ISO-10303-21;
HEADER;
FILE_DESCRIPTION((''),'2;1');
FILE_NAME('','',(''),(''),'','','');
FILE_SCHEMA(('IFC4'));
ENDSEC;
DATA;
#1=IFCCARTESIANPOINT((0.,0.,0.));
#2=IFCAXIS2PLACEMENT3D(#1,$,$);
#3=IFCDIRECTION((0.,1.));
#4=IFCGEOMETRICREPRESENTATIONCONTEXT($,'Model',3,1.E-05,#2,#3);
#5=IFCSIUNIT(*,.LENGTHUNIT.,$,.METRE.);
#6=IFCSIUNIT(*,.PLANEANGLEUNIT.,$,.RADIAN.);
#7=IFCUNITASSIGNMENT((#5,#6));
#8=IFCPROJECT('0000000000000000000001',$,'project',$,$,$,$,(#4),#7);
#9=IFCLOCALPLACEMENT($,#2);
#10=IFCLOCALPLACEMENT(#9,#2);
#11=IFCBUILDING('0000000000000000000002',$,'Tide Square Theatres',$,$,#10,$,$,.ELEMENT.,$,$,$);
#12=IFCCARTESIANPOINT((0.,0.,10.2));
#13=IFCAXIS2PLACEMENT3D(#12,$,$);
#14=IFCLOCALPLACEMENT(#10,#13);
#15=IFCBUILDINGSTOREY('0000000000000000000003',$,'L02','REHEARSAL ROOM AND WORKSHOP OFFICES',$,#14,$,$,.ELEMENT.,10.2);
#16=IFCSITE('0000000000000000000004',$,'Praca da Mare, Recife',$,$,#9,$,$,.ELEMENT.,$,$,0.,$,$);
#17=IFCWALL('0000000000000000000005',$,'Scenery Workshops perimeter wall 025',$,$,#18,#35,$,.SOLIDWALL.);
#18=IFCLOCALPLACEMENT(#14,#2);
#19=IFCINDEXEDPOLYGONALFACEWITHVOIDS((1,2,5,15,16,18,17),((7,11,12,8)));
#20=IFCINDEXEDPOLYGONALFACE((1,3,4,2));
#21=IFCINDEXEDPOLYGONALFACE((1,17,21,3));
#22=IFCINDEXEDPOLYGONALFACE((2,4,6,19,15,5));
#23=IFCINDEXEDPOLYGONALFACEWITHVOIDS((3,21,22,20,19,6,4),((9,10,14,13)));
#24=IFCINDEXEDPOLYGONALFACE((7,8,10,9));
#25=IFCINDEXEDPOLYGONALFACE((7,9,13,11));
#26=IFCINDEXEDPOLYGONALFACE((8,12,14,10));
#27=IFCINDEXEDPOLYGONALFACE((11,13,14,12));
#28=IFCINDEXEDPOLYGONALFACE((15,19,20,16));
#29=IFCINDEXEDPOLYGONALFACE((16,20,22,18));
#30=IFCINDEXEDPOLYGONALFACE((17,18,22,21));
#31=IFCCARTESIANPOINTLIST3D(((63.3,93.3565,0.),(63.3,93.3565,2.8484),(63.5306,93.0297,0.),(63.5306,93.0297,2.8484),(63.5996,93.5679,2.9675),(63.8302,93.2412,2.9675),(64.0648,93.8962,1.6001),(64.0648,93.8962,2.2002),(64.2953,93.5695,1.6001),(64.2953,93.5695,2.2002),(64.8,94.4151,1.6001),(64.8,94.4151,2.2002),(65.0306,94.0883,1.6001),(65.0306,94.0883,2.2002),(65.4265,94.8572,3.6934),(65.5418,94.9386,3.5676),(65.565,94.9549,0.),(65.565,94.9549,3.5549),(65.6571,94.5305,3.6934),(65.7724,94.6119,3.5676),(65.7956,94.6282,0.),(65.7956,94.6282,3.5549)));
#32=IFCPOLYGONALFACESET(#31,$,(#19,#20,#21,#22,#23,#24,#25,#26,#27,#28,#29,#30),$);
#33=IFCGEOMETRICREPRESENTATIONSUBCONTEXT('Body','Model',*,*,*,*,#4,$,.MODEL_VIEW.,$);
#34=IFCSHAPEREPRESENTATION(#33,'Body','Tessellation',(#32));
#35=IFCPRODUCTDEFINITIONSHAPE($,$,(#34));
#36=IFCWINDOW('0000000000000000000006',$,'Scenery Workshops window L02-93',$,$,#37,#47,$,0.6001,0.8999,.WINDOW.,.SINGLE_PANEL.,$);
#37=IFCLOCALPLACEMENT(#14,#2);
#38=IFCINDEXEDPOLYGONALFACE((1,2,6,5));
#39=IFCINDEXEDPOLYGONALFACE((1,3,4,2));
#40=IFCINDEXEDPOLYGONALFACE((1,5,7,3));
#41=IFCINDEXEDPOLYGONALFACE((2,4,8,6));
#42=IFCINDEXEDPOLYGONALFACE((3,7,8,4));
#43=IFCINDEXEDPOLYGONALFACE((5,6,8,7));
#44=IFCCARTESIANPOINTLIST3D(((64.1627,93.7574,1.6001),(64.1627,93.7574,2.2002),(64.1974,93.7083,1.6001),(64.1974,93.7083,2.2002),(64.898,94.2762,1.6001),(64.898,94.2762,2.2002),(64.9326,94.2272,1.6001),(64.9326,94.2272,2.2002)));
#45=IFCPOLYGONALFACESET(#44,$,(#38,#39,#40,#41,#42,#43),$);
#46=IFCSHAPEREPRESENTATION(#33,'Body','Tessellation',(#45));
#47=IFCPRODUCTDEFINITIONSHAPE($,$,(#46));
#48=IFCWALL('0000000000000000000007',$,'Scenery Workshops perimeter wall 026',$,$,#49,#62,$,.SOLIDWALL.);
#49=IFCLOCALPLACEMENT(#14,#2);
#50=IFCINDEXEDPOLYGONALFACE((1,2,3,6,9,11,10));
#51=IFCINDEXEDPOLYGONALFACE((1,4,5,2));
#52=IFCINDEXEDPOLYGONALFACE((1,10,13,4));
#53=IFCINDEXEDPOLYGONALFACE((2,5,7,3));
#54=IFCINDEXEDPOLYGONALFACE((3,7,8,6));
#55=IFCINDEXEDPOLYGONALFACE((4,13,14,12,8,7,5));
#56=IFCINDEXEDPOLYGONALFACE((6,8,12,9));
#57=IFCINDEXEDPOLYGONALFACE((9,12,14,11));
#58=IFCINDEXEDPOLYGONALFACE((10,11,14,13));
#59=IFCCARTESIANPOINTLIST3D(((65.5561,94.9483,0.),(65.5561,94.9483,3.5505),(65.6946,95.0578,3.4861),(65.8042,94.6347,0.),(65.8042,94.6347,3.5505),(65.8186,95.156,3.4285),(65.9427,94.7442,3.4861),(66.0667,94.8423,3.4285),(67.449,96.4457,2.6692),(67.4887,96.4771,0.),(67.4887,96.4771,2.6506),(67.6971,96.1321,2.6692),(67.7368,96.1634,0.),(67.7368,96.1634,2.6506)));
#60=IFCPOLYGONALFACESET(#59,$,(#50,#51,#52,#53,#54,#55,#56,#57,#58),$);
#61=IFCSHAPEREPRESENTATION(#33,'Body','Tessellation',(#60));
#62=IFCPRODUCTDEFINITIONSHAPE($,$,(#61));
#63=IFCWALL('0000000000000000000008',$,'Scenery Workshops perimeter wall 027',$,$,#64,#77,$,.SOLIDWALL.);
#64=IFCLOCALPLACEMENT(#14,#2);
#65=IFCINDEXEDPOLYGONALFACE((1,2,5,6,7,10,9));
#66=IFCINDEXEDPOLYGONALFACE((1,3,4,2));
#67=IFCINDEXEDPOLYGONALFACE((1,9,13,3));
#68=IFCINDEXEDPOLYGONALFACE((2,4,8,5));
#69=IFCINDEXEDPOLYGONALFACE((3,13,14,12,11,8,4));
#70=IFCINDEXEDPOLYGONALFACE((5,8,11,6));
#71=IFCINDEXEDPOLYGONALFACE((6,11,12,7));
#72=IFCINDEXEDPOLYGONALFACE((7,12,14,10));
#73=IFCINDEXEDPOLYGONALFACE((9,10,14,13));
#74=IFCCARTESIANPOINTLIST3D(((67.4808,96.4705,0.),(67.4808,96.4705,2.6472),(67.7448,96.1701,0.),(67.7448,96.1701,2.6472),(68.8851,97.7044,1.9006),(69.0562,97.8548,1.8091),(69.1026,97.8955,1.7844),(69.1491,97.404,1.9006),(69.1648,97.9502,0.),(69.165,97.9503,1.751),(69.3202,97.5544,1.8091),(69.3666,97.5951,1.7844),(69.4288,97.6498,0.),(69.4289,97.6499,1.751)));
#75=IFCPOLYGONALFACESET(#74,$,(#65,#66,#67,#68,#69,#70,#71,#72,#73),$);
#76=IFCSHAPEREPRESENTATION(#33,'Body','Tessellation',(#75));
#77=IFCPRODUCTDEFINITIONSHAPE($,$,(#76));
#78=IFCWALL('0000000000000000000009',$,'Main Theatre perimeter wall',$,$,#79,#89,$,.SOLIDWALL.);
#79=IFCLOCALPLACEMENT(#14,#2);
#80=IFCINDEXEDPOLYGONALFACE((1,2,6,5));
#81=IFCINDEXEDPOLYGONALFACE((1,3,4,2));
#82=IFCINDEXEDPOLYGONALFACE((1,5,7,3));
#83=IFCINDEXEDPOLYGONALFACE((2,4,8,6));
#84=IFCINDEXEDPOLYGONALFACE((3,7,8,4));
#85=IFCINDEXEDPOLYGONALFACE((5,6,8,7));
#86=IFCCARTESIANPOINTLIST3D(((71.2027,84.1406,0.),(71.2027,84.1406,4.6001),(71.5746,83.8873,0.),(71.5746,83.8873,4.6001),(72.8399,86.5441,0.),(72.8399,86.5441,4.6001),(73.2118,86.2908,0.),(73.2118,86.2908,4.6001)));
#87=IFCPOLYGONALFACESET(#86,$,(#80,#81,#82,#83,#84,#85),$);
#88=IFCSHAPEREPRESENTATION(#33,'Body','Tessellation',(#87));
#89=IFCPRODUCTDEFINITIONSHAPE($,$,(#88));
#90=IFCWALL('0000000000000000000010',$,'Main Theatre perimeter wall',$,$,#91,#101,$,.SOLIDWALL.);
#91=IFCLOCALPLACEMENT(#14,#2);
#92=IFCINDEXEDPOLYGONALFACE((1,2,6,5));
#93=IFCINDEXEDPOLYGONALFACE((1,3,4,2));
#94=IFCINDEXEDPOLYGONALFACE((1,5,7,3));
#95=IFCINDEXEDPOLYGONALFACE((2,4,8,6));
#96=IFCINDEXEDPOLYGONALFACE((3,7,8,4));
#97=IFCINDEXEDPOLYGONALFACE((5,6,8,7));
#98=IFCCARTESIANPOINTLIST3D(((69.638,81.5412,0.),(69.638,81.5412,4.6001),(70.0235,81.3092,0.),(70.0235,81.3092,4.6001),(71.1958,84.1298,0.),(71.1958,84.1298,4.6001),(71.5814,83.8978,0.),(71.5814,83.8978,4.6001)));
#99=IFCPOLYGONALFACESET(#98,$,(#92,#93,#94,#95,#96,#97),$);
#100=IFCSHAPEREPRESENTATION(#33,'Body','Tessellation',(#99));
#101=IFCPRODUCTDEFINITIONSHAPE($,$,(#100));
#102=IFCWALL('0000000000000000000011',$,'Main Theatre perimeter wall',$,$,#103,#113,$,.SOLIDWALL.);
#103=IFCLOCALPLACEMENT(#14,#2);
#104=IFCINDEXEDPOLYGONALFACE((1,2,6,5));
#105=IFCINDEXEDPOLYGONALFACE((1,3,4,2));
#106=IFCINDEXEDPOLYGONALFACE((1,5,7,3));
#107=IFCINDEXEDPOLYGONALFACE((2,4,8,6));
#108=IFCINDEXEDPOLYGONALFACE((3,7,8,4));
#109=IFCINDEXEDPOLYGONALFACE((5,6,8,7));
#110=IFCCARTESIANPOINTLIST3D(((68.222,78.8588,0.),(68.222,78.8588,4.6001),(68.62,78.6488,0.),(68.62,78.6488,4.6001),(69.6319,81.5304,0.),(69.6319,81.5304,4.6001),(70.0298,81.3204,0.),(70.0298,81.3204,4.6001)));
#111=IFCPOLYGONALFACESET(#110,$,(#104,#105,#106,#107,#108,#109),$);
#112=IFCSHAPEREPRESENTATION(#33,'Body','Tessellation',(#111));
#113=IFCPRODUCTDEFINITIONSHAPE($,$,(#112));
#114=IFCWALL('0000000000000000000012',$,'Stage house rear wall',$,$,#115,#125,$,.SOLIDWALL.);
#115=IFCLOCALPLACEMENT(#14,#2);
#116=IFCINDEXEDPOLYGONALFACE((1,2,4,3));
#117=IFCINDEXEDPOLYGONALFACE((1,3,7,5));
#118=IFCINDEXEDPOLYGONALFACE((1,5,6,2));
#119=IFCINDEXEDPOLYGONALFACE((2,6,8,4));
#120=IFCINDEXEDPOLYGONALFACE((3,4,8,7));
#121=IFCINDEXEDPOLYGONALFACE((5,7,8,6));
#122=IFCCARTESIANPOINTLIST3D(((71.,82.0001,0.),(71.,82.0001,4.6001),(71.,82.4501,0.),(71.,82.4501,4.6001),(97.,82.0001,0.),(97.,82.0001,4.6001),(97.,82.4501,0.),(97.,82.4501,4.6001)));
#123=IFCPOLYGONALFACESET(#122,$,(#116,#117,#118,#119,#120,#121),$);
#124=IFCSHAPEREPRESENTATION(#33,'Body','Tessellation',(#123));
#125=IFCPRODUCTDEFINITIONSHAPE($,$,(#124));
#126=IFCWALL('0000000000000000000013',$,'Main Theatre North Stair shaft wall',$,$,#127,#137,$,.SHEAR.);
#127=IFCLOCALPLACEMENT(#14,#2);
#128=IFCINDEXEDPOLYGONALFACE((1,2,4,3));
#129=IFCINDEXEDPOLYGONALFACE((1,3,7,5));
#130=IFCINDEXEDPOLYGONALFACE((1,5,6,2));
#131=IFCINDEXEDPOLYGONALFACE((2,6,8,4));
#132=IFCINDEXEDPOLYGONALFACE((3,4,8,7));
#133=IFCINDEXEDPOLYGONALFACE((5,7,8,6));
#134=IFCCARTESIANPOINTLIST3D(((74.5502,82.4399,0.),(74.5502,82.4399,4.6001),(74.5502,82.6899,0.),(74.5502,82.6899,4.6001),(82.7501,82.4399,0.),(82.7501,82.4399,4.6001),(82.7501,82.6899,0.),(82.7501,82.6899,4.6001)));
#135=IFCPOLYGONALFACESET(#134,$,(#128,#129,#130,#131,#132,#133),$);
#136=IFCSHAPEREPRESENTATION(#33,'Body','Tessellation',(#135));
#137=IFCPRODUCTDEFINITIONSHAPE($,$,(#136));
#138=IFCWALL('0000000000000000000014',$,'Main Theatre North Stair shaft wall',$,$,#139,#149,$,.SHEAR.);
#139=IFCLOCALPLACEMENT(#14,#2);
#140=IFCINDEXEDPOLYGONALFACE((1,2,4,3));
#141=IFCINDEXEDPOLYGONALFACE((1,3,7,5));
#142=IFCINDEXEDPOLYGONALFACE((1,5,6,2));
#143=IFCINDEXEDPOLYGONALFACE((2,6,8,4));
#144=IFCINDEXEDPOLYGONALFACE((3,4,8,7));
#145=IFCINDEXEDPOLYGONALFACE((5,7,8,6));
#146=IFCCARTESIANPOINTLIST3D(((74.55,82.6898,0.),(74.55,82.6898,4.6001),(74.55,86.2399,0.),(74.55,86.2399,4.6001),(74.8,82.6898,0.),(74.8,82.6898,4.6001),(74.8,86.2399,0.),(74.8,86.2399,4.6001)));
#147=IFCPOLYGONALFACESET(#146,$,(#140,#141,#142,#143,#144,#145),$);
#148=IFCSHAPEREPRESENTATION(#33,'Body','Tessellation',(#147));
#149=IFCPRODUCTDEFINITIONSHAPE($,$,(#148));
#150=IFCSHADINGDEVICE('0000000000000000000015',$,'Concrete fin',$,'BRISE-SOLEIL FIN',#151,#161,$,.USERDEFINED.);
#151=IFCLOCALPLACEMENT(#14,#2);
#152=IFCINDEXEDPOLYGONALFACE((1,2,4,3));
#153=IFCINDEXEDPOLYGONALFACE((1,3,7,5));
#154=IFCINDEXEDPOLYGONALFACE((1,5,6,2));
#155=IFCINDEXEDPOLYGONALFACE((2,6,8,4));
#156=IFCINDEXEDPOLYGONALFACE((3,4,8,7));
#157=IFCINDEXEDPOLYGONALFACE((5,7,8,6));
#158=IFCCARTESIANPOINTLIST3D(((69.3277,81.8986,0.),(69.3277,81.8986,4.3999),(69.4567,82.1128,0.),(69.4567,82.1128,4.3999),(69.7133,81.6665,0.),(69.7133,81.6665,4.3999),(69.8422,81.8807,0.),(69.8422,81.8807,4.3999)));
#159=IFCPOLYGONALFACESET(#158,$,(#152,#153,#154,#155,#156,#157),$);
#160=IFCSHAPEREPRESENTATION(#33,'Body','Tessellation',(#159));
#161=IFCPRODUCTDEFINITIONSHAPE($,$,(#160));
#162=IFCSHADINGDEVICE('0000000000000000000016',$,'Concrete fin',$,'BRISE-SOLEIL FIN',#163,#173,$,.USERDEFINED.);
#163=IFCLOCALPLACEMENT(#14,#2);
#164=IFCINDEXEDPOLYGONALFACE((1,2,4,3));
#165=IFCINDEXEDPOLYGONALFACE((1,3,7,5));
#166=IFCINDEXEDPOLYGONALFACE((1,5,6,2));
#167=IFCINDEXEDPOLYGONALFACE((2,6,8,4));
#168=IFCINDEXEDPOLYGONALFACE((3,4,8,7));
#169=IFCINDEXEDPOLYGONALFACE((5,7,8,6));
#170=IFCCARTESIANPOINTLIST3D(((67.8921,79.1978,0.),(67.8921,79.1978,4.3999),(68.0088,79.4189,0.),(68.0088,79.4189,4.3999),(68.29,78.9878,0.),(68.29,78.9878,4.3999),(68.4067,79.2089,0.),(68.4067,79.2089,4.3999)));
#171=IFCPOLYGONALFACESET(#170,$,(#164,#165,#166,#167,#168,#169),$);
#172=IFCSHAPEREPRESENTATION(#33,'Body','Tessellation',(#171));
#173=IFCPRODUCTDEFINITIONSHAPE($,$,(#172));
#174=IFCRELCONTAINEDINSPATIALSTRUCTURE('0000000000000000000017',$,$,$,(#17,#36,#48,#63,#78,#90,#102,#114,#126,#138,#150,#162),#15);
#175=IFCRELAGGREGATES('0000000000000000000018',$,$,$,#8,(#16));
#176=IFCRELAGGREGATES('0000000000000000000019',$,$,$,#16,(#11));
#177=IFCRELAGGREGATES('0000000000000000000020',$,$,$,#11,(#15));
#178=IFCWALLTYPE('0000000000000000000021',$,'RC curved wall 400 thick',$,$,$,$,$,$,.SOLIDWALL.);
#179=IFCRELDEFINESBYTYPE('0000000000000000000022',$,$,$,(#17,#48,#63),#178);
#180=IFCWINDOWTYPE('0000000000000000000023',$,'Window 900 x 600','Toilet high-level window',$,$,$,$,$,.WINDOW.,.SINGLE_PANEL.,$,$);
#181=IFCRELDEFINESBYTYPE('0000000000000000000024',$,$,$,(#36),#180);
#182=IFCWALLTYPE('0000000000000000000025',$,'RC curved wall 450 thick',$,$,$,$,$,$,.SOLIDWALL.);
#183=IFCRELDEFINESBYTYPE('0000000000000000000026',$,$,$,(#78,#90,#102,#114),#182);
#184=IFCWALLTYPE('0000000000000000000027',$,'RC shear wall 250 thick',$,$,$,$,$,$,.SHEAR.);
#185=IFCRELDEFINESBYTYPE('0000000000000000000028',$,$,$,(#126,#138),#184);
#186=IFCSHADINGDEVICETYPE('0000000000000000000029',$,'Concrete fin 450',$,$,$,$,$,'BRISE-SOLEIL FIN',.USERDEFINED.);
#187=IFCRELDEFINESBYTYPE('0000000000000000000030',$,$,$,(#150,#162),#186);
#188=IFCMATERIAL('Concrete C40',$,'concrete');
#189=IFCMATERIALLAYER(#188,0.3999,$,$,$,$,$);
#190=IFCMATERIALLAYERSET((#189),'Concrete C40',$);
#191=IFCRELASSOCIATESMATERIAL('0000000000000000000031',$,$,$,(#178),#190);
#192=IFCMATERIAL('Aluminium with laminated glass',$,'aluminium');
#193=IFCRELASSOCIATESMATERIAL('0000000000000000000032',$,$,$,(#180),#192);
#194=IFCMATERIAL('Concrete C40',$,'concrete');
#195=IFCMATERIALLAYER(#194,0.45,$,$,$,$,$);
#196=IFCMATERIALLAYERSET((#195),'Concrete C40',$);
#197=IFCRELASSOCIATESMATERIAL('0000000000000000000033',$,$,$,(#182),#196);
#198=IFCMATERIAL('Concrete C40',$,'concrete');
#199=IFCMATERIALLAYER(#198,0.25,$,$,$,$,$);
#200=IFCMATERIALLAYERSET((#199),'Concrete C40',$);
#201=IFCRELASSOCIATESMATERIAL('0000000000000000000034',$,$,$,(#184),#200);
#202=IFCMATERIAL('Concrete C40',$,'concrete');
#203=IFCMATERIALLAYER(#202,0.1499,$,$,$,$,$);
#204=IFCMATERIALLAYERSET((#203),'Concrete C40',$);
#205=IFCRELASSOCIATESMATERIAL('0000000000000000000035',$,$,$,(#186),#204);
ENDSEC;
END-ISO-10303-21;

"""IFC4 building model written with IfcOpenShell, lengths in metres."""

from ifc_helpers import new_model, si_unit, direction, frame, frame_2d, origin, origin_2d, place, context, subcontext, project, spatial, polyline, rectangle, outline, extrude, material, layer, layer_set, type_object, element, fill, save


model = new_model("IFC4")

# Units and contexts
model_context = context("Model", 3, precision=1e-05, world=origin(), true_north=direction((0.0, 1.0)))
body_context = subcontext(model_context, "Body", "Model", "MODEL_VIEW")
ifc_project = project(units=[si_unit("LENGTHUNIT", "METRE"), si_unit("PLANEANGLEUNIT", "RADIAN")], contexts=[model_context])

# Site, building, storey
site_placement = place(None, origin())
site = spatial("IfcSite", under=ifc_project, at=site_placement, Name="Praca da Mare, Recife", CompositionType="ELEMENT", RefElevation=0.0)
building_placement = place(site_placement, origin())
building = spatial("IfcBuilding", under=site, at=building_placement, Name="Tide Square Theatres", CompositionType="ELEMENT")
storey_placement = place(building_placement, frame((0.0, 0.0, 10.2)))
storey = spatial("IfcBuildingStorey", under=building, at=storey_placement, Name="L02", Description="REHEARSAL ROOM AND WORKSHOP OFFICES", CompositionType="ELEMENT", Elevation=10.2)

# Wall, opening, window
ifc_material_1 = material(Name="Concrete C40", Category="concrete")
ifc_layer_1 = layer(ifc_material_1, 0.3999)
ifc_layer_set_1 = layer_set([ifc_layer_1], Name="Concrete C40")
wall_type_1 = type_object("IfcWallType", Name="RC curved wall 400 thick", PredefinedType="SOLIDWALL", material=ifc_layer_set_1)
wall_1_placement = place(storey_placement, frame((63.4153, 93.1931, 0.0), z_axis=(0.0, 0.0, 1.0), x_axis=(0.817029, 0.576597, 0.0)))
wall_1 = element("IfcWall", 1, at=wall_1_placement, inside=storey, type_object=wall_type_1, Name="Scenery Workshops perimeter wall 025", PredefinedType="SOLIDWALL", context=body_context, shape_type="SweptSolid", body=[
    extrude(outline(polyline([(0.0, 0.0), (2.7722, 0.0), (2.7722, 3.5549), (2.7439, 3.5676), (2.6028, 3.6934), (2.4617, 3.6475), (0.3667, 2.9675), (0.0, 2.8484), (0.0, 0.0)])), frame((0.0, 0.2, 0.0), z_axis=(0.0, -1.0, 0.0), x_axis=(1.0, 0.0, 0.0)), (0.0, 0.0, 1.0), 0.3999),
])
opening_placement = place(wall_1_placement, frame((0.936, 0.0, 1.6001)))
opening = element("IfcOpeningElement", 2, at=opening_placement, cuts=wall_1, PredefinedType="OPENING", context=body_context, shape_type="SweptSolid", body=[
    extrude(rectangle(XDim=0.8999, YDim=0.6001, at=frame_2d((0.45, 0.3))), frame((0.0, 0.21, 0.0), z_axis=(0.0, -1.0, 0.0), x_axis=(1.0, 0.0, 0.0)), (0.0, 0.0, 1.0), 0.4199),
])
ifc_material_2 = material(Name="Aluminium with laminated glass", Category="aluminium")
window_type = type_object("IfcWindowType", Name="Window 900 x 600", Description="Toilet high-level window", PartitioningType="SINGLE_PANEL", PredefinedType="WINDOW", material=ifc_material_2)
window_placement = place(opening_placement, origin())
window = element("IfcWindow", 3, at=window_placement, inside=storey, type_object=window_type, Name="Scenery Workshops window L02-93", OverallHeight=0.6001, OverallWidth=0.8999, PartitioningType="SINGLE_PANEL", PredefinedType="WINDOW", context=body_context, shape_type="SweptSolid", body=[
    extrude(rectangle(XDim=0.8999, YDim=0.6001, at=frame_2d((0.45, 0.3))), frame((0.0, 0.03, 0.0), z_axis=(0.0, -1.0, 0.0), x_axis=(1.0, 0.0, 0.0)), (0.0, 0.0, 1.0), 0.0601),
])
fill(opening, window)

# Walls
wall_2_placement = place(storey_placement, frame((65.6802, 94.7915, 0.0), z_axis=(0.0, 0.0, 1.0), x_axis=(0.784279, 0.620409, 0.0)))
element("IfcWall", 4, at=wall_2_placement, inside=storey, type_object=wall_type_1, Name="Scenery Workshops perimeter wall 026", PredefinedType="SOLIDWALL", context=body_context, shape_type="SweptSolid", body=[
    extrude(outline(polyline([(0.0, 0.0), (2.4641, 0.0), (2.4641, 2.6506), (2.4136, 2.6692), (0.3347, 3.4285), (0.1765, 3.4861), (0.0, 3.5505), (0.0, 0.0)])), frame((0.0, 0.2, 0.0), z_axis=(0.0, -1.0, 0.0), x_axis=(1.0, 0.0, 0.0)), (0.0, 0.0, 1.0), 0.3999),
])
wall_3_placement = place(storey_placement, frame((67.6128, 96.3203, 0.0), z_axis=(0.0, 0.0, 1.0), x_axis=(0.751212, 0.660061, 0.0)))
element("IfcWall", 5, at=wall_3_placement, inside=storey, type_object=wall_type_1, Name="Scenery Workshops perimeter wall 027", PredefinedType="SOLIDWALL", context=body_context, shape_type="SweptSolid", body=[
    extrude(outline(polyline([(0.0, 0.0), (2.2417, 0.0), (2.2419, 1.751), (2.1589, 1.7844), (2.0972, 1.8091), (1.8694, 1.9006), (0.0, 2.6472), (0.0, 0.0)])), frame((0.0, 0.2, 0.0), z_axis=(0.0, -1.0, 0.0), x_axis=(1.0, 0.0, 0.0)), (0.0, 0.0, 1.0), 0.3999),
])
ifc_material_3 = material(Name="Concrete C40", Category="concrete")
ifc_layer_2 = layer(ifc_material_3, 0.45)
ifc_layer_set_2 = layer_set([ifc_layer_2], Name="Concrete C40")
wall_type_2 = type_object("IfcWallType", Name="RC curved wall 450 thick", PredefinedType="SOLIDWALL", material=ifc_layer_set_2)
wall_4_placement = place(storey_placement, frame((73.0259, 86.4175, 0.0), z_axis=(0.0, 0.0, 1.0), x_axis=(-0.562964, -0.826481, 0.0)))
element("IfcWall", 6, at=wall_4_placement, inside=storey, type_object=wall_type_2, Name="Main Theatre perimeter wall", PredefinedType="SOLIDWALL", context=body_context, shape_type="SweptSolid", body=[
    extrude(rectangle(XDim=2.9082, YDim=0.45, at=frame_2d((1.4541, 0.0))), origin(), (0.0, 0.0, 1.0), 4.6001),
])
wall_5_placement = place(storey_placement, frame((71.3887, 84.0139, 0.0), z_axis=(0.0, 0.0, 1.0), x_axis=(-0.515636, -0.856808, 0.0)))
element("IfcWall", 7, at=wall_5_placement, inside=storey, type_object=wall_type_2, Name="Main Theatre perimeter wall", PredefinedType="SOLIDWALL", context=body_context, shape_type="SweptSolid", body=[
    extrude(rectangle(XDim=3.0212, YDim=0.45, at=frame_2d((1.5107, 0.0))), origin(), (0.0, 0.0, 1.0), 4.6001),
])
wall_6_placement = place(storey_placement, frame((69.8308, 81.4253, 0.0), z_axis=(0.0, 0.0, 1.0), x_axis=(-0.466729, -0.884401, 0.0)))
element("IfcWall", 8, at=wall_6_placement, inside=storey, type_object=wall_type_2, Name="Main Theatre perimeter wall", PredefinedType="SOLIDWALL", context=body_context, shape_type="SweptSolid", body=[
    extrude(rectangle(XDim=3.0208, YDim=0.45, at=frame_2d((1.5103, 0.0))), origin(), (0.0, 0.0, 1.0), 4.6001),
])
wall_7_placement = place(storey_placement, frame((71.0, 82.2251, 0.0), z_axis=(0.0, 0.0, 1.0), x_axis=(1.0, 0.0, 0.0)))
element("IfcWall", 9, at=wall_7_placement, inside=storey, type_object=wall_type_2, Name="Stage house rear wall", PredefinedType="SOLIDWALL", context=body_context, shape_type="SweptSolid", body=[
    extrude(rectangle(XDim=26.0, YDim=0.45, at=frame_2d((13.0, 0.0))), origin(), (0.0, 0.0, 1.0), 4.6001),
])
ifc_material_4 = material(Name="Concrete C40", Category="concrete")
ifc_layer_3 = layer(ifc_material_4, 0.25)
ifc_layer_set_3 = layer_set([ifc_layer_3], Name="Concrete C40")
wall_type_3 = type_object("IfcWallType", Name="RC shear wall 250 thick", PredefinedType="SHEAR", material=ifc_layer_set_3)
wall_8_placement = place(storey_placement, frame((74.55, 82.5649, 0.0), z_axis=(0.0, 0.0, 1.0), x_axis=(1.0, 0.0, 0.0)))
element("IfcWall", 10, at=wall_8_placement, inside=storey, type_object=wall_type_3, Name="Main Theatre North Stair shaft wall", PredefinedType="SHEAR", context=body_context, shape_type="SweptSolid", body=[
    extrude(rectangle(XDim=8.2, YDim=0.25, at=frame_2d((4.1001, 0.0))), origin(), (0.0, 0.0, 1.0), 4.6001),
])
wall_9_placement = place(storey_placement, frame((74.675, 82.6899, 0.0), z_axis=(0.0, 0.0, 1.0), x_axis=(0.0, 1.0, 0.0)))
element("IfcWall", 11, at=wall_9_placement, inside=storey, type_object=wall_type_3, Name="Main Theatre North Stair shaft wall", PredefinedType="SHEAR", context=body_context, shape_type="SweptSolid", body=[
    extrude(rectangle(XDim=3.55, YDim=0.25, at=frame_2d((1.7749, 0.0))), origin(), (0.0, 0.0, 1.0), 4.6001),
])

# Shading devices
ifc_material_5 = material(Name="Concrete C40", Category="concrete")
ifc_layer_4 = layer(ifc_material_5, 0.1499)
ifc_layer_set_4 = layer_set([ifc_layer_4], Name="Concrete C40")
shading_device_type = type_object("IfcShadingDeviceType", Name="Concrete fin 450", ElementType="BRISE-SOLEIL FIN", PredefinedType="USERDEFINED", material=ifc_layer_set_4)
for number, where, z_axis, x_axis, name in (
    (12, (69.585, 81.8896, 0.0), (0.0, 0.0, 1.0), (-0.515681, -0.856781, 0.0), "Concrete fin"),
    (13, (68.1494, 79.2034, 0.0), (0.0, 0.0, 1.0), (-0.466757, -0.884386, 0.0), "Concrete fin"),
):
    element("IfcShadingDevice", number, at=place(storey_placement, frame(where, z_axis=z_axis, x_axis=x_axis)), inside=storey, type_object=shading_device_type, Name=name, ObjectType="BRISE-SOLEIL FIN", PredefinedType="USERDEFINED", context=body_context, shape_type="SweptSolid", body=[
        extrude(rectangle(XDim=0.25, YDim=0.45, at=origin_2d()), origin(), (0.0, 0.0, 1.0), 4.3999),
    ])

save(model, "model.ifc")
